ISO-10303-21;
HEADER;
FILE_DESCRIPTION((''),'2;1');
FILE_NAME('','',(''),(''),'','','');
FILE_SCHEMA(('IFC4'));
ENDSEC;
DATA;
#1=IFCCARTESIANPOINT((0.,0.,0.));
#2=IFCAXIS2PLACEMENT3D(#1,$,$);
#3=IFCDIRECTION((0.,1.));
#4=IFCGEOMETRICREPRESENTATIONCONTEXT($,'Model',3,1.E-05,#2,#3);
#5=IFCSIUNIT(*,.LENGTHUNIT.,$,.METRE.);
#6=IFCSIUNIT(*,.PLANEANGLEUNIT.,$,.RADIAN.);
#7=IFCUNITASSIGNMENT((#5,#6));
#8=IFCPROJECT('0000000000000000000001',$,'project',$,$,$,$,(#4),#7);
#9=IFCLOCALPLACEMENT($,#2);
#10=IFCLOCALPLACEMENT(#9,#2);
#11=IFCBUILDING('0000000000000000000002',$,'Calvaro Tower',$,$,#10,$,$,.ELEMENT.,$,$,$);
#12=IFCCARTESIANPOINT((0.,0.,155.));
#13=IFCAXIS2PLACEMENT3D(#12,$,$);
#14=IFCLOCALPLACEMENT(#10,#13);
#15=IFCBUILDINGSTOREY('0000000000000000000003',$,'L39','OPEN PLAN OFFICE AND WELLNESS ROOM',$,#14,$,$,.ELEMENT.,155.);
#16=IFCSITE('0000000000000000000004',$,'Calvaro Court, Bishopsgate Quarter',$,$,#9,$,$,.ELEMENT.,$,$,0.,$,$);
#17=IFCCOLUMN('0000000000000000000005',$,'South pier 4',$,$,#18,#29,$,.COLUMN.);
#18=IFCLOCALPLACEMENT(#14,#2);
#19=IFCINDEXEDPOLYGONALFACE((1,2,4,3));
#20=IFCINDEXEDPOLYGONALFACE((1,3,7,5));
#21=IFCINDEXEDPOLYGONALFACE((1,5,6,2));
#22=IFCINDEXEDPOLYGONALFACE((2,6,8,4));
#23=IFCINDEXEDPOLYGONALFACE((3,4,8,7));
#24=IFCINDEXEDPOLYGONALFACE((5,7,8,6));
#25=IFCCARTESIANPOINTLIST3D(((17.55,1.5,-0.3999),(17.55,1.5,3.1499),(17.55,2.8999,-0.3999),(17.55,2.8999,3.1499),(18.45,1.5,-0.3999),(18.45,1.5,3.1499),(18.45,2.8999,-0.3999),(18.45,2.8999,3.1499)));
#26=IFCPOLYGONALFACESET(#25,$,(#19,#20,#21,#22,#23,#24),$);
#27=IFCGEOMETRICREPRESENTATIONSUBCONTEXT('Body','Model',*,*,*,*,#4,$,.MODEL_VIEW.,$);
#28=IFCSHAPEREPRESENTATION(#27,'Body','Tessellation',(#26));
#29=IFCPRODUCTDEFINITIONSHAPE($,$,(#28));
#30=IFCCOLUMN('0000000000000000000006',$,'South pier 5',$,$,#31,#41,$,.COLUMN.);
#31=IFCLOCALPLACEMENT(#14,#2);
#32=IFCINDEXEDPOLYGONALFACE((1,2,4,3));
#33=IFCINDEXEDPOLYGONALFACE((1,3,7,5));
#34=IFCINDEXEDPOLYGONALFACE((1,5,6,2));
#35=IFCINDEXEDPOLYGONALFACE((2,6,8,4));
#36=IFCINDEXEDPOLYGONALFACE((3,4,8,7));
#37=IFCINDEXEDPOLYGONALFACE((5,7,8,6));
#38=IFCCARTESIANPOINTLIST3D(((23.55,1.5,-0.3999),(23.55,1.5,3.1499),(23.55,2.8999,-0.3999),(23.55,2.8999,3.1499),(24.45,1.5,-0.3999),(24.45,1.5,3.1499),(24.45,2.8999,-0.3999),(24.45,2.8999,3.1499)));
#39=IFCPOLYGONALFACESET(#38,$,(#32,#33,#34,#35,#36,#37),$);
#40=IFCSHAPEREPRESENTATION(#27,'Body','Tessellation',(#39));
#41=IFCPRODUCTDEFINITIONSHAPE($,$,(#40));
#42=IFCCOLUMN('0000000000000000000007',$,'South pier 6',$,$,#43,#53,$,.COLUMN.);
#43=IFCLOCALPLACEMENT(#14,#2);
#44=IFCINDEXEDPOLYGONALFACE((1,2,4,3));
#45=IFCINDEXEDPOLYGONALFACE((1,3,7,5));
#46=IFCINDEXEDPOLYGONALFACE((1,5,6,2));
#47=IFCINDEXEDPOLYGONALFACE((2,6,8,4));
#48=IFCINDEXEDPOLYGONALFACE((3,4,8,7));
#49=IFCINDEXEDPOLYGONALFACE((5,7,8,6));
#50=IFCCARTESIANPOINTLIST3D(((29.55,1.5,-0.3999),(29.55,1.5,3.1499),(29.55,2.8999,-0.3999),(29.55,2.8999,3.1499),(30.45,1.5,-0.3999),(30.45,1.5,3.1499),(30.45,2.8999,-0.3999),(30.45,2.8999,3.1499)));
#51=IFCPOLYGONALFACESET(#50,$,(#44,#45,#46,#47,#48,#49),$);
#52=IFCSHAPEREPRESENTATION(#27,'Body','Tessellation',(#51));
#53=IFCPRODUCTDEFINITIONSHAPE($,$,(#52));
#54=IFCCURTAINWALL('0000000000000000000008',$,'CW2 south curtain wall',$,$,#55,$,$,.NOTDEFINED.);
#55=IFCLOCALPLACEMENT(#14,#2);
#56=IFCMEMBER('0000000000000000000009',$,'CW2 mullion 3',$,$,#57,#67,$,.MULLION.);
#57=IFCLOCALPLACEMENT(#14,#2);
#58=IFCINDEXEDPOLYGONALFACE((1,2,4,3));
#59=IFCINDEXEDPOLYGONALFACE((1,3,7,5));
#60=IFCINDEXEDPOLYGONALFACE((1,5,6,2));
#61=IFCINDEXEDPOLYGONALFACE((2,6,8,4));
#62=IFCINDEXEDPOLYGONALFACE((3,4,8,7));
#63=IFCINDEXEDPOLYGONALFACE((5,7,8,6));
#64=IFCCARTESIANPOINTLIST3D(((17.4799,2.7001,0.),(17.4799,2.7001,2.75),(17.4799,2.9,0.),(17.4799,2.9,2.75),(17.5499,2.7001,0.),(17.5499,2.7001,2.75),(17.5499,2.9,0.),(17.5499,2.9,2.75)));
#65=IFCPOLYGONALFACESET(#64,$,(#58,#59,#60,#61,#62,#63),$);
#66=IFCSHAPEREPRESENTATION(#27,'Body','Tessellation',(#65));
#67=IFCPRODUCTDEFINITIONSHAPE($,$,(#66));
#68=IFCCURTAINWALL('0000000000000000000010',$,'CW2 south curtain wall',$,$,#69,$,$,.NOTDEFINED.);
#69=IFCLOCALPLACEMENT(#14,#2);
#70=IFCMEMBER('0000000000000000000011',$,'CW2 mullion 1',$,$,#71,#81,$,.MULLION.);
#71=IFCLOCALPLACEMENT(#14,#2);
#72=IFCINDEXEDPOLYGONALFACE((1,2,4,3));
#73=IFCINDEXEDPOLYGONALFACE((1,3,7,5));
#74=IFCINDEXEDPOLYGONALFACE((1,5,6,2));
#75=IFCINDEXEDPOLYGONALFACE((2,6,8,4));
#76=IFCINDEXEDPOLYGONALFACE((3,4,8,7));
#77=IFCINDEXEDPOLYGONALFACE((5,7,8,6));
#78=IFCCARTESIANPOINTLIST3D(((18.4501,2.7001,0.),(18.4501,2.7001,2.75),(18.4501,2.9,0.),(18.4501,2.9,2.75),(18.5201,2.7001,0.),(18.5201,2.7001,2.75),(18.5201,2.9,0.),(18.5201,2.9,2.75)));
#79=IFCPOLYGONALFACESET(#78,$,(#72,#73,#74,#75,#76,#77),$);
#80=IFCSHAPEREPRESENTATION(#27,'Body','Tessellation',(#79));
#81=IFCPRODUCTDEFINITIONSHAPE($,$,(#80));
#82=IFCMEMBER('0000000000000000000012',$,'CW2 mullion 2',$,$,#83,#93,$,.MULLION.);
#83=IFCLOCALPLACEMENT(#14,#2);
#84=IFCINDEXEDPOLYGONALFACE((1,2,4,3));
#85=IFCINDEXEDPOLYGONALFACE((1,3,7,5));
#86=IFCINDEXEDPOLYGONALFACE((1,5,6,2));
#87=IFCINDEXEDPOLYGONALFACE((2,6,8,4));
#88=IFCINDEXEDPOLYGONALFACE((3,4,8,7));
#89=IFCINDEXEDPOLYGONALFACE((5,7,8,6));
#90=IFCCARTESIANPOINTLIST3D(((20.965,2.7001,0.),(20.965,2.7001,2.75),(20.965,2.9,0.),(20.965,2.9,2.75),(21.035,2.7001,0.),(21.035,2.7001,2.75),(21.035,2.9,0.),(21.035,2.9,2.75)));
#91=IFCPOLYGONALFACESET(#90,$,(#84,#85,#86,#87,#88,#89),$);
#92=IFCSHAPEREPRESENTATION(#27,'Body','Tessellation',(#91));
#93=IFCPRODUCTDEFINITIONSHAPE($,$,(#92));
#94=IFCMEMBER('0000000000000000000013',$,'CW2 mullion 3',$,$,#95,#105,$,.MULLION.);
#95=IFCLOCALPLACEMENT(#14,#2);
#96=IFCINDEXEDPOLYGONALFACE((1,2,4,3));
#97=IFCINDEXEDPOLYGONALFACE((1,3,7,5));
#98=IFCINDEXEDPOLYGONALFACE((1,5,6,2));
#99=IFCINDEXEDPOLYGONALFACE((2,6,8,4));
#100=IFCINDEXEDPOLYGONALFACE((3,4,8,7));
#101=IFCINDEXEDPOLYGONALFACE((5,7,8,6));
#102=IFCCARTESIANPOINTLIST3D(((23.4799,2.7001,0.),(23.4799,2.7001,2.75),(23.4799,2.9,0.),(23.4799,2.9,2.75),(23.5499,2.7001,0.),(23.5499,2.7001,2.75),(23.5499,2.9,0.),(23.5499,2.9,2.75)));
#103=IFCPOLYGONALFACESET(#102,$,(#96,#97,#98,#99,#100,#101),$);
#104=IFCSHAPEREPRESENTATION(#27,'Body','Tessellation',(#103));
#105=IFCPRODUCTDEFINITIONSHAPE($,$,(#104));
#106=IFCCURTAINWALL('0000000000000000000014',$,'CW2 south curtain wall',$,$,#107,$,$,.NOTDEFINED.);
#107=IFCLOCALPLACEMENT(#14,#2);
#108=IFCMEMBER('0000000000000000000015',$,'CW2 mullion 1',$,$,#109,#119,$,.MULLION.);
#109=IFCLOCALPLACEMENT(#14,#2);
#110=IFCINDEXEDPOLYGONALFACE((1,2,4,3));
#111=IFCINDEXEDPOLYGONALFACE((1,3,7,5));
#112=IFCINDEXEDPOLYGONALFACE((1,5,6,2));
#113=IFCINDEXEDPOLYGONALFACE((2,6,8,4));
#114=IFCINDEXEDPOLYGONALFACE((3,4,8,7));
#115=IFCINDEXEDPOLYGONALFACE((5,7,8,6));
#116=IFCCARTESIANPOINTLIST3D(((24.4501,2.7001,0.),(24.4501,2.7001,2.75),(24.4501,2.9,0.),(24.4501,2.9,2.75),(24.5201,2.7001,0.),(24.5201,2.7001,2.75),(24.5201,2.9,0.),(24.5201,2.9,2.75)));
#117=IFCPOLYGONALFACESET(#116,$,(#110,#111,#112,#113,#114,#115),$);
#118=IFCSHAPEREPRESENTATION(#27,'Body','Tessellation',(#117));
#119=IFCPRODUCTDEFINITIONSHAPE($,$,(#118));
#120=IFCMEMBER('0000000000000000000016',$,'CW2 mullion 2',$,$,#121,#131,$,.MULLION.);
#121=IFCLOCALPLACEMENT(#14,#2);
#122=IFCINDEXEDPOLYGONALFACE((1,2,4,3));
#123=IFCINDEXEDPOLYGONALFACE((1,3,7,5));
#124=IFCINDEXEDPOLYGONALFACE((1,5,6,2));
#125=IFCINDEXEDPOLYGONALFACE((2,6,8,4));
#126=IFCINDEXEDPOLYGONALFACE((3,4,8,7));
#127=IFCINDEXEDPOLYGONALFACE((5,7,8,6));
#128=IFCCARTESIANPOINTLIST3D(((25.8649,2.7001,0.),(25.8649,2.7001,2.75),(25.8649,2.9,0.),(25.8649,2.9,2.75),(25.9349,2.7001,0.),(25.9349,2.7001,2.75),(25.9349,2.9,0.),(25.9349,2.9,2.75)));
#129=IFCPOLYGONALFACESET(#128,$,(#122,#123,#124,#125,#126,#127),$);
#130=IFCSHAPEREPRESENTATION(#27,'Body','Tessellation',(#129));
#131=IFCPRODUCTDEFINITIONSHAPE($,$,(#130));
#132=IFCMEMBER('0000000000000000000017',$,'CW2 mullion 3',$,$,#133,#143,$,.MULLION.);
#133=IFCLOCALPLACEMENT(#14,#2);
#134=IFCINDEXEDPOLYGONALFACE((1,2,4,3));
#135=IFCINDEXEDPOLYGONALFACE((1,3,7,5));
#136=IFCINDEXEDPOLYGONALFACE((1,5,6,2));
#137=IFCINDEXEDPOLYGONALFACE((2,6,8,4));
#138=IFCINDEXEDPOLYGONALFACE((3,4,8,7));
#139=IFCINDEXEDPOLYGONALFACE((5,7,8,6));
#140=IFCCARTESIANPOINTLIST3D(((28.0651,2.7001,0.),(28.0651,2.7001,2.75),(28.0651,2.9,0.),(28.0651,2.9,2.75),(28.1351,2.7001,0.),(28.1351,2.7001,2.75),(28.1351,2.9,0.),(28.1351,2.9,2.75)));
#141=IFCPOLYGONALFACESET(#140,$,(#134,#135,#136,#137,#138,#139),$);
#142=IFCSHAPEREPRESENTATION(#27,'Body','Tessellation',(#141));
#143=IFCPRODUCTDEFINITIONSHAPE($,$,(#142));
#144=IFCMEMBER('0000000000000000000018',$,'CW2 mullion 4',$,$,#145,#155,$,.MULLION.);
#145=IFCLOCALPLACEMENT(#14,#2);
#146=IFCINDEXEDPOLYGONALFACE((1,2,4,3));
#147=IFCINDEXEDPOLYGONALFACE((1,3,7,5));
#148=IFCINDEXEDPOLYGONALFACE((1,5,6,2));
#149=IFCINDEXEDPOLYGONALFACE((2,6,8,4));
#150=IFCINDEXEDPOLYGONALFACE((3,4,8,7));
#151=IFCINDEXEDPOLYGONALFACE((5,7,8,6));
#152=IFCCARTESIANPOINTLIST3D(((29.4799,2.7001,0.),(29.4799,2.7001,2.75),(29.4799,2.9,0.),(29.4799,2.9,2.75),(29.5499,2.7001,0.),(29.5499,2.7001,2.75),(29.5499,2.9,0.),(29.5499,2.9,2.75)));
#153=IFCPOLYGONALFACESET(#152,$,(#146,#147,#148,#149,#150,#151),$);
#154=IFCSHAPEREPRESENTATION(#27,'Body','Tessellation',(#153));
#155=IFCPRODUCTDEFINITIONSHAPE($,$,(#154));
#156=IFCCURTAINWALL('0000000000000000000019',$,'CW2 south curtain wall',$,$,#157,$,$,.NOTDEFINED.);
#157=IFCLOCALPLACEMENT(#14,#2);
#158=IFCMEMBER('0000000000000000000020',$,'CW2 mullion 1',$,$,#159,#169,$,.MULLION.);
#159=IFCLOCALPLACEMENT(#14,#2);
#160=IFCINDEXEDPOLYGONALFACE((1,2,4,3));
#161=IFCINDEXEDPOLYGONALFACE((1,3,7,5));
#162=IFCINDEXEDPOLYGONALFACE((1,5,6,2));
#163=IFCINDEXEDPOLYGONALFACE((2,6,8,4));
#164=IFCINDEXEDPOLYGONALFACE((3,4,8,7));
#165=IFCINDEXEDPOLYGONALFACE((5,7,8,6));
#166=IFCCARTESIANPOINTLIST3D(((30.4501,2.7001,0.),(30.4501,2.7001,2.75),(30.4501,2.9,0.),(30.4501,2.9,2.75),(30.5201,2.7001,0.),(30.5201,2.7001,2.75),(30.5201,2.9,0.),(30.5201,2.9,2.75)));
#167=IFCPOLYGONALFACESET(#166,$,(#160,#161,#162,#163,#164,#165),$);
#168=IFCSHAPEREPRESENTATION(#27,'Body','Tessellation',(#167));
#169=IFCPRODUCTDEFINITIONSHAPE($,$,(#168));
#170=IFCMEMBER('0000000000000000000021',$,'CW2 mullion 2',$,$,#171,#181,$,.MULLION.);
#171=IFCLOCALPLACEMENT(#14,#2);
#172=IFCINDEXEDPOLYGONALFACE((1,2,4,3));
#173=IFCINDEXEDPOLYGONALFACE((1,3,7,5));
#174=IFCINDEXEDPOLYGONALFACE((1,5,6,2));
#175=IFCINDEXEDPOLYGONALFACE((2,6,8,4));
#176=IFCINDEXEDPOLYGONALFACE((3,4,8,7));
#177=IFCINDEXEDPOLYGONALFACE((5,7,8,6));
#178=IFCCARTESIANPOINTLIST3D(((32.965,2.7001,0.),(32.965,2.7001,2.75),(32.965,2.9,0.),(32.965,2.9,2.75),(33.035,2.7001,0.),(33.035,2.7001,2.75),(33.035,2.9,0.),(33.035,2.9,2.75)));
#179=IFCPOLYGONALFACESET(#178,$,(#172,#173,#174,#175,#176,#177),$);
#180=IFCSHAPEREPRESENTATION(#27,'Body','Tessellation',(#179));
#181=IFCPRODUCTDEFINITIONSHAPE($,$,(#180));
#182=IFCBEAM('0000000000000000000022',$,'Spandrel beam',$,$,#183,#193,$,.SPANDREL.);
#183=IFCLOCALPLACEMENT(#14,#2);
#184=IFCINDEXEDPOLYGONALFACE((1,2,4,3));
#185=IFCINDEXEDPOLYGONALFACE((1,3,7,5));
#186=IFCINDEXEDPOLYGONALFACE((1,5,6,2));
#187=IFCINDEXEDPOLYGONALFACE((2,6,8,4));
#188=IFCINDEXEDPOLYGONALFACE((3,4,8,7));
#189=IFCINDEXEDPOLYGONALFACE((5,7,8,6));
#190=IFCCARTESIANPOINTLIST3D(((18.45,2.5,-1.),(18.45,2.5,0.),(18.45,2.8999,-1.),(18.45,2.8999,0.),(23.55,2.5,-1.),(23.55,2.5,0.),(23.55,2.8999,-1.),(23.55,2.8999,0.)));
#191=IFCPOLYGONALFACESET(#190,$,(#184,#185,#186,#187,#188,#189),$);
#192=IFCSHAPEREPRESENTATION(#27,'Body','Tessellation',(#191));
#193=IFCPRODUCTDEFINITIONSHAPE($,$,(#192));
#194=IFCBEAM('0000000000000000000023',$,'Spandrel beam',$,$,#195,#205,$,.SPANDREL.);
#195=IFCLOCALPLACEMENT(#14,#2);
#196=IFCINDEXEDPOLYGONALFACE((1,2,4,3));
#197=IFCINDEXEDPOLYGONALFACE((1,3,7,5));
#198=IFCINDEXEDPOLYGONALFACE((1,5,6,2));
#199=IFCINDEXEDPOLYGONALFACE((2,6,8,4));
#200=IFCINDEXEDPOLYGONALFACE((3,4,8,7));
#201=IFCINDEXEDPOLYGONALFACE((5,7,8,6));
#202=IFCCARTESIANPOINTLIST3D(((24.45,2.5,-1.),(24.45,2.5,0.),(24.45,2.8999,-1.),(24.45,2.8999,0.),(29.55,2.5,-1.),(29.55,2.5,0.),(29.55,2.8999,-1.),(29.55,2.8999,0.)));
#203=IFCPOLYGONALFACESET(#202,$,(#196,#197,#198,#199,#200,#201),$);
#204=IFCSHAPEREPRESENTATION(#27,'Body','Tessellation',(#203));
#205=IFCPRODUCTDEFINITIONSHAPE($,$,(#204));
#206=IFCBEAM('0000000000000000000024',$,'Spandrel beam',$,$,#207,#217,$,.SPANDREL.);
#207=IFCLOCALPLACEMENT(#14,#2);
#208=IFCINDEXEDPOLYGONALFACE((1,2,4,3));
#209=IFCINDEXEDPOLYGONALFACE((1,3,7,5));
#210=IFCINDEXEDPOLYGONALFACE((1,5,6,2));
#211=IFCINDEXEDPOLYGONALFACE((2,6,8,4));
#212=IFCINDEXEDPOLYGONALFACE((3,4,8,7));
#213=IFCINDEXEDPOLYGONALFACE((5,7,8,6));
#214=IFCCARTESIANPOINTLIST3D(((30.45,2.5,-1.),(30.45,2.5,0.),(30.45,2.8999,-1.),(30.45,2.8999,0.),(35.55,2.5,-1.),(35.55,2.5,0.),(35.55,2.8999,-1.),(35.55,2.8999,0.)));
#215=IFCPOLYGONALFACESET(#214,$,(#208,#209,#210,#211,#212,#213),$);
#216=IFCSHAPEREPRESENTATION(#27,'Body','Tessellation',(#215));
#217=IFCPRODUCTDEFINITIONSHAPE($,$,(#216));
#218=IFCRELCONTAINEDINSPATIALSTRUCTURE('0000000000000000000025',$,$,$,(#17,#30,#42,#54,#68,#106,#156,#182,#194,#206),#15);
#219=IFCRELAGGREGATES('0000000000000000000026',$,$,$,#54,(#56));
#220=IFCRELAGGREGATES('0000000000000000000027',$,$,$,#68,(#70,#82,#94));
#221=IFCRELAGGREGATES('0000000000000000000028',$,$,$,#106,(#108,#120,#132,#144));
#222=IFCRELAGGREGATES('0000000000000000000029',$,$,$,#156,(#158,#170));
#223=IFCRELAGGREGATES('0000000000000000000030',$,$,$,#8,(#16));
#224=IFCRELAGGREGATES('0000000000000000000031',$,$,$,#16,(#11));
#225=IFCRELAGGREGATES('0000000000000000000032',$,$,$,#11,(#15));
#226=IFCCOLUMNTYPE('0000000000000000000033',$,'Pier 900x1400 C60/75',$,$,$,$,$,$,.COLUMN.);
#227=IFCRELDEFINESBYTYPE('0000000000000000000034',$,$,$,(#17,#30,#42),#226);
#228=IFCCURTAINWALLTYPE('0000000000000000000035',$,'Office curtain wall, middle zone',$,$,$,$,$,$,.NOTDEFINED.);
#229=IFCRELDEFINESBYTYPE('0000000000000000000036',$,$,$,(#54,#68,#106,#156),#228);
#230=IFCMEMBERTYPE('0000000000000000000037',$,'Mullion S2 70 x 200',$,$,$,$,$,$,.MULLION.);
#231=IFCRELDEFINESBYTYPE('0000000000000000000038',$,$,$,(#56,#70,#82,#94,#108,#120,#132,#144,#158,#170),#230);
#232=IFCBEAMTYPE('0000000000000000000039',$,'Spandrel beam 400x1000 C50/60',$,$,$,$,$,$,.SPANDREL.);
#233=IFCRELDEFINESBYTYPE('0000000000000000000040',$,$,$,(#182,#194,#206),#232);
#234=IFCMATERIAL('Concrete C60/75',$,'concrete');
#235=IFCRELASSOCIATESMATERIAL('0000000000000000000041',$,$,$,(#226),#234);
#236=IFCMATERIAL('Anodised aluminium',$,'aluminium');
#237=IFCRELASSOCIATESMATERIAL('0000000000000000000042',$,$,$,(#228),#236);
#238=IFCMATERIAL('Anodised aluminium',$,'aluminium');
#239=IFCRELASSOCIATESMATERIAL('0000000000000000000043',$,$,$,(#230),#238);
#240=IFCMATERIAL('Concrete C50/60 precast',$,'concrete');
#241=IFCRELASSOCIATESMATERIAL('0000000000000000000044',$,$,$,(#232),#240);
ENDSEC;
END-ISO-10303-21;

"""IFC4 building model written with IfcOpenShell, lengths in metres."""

from ifc_helpers import new_model, si_unit, direction, frame, origin, origin_2d, place, context, subcontext, project, spatial, rectangle, extrude, material, material_profile, profile_set, type_object, element, aggregate, save


model = new_model("IFC4")

# Units and contexts
model_context = context("Model", 3, precision=1e-05, world=origin(), true_north=direction((0.0, 1.0)))
body_context = subcontext(model_context, "Body", "Model", "MODEL_VIEW")
ifc_project = project(units=[si_unit("LENGTHUNIT", "METRE"), si_unit("PLANEANGLEUNIT", "RADIAN")], contexts=[model_context])

# Site, building, storey
site_placement = place(None, origin())
site = spatial("IfcSite", under=ifc_project, at=site_placement, Name="Calvaro Court, Bishopsgate Quarter", CompositionType="ELEMENT", RefElevation=0.0)
building_placement = place(site_placement, origin())
building = spatial("IfcBuilding", under=site, at=building_placement, Name="Calvaro Tower", CompositionType="ELEMENT")
storey_placement = place(building_placement, frame((0.0, 0.0, 155.0)))
storey = spatial("IfcBuildingStorey", under=building, at=storey_placement, Name="L39", Description="OPEN PLAN OFFICE AND WELLNESS ROOM", CompositionType="ELEMENT", Elevation=155.0)

# Columns
ifc_material_1 = material(Name="Concrete C60/75", Category="concrete")
ifc_material_profile_1 = material_profile(ifc_material_1, rectangle(XDim=0.8999, YDim=1.3999, at=origin_2d()), Name="RC 900x1400")
ifc_profile_set_1 = profile_set([ifc_material_profile_1], Name="Concrete C60/75")
column_type = type_object("IfcColumnType", Name="Pier 900x1400 C60/75", PredefinedType="COLUMN", material=ifc_profile_set_1)
for number, where, z_axis, x_axis, name in (
    (1, (18.0, 2.2, -0.3999), (0.0, 0.0, 1.0), (1.0, 0.0, 0.0), "South pier 4"),
    (2, (24.0, 2.2, -0.3999), (0.0, 0.0, 1.0), (1.0, 0.0, 0.0), "South pier 5"),
    (3, (30.0, 2.2, -0.3999), (0.0, 0.0, 1.0), (1.0, 0.0, 0.0), "South pier 6"),
):
    element("IfcColumn", number, at=place(storey_placement, frame(where, z_axis=z_axis, x_axis=x_axis)), inside=storey, type_object=column_type, Name=name, PredefinedType="COLUMN", context=body_context, shape_type="SweptSolid", body=[
        extrude(rectangle(XDim=0.8999, YDim=1.3999, at=origin_2d()), origin(), (0.0, 0.0, 1.0), 3.5498),
    ])

# Curtain wall, member
ifc_material_2 = material(Name="Anodised aluminium", Category="aluminium")
curtain_wall_type = type_object("IfcCurtainWallType", Name="Office curtain wall, middle zone", PredefinedType="NOTDEFINED", material=ifc_material_2)
curtain_wall_1_placement = place(storey_placement, origin())
curtain_wall_1 = element("IfcCurtainWall", 4, at=curtain_wall_1_placement, inside=storey, type_object=curtain_wall_type, Name="CW2 south curtain wall", PredefinedType="NOTDEFINED")
ifc_material_3 = material(Name="Anodised aluminium", Category="aluminium")
ifc_material_profile_2 = material_profile(ifc_material_3, rectangle(XDim=0.2, YDim=0.0701, at=origin_2d()), Name="Mullion S2 70 x 200")
ifc_profile_set_2 = profile_set([ifc_material_profile_2], Name="Anodised aluminium")
member_type_1 = type_object("IfcMemberType", Name="Mullion S2 70 x 200", PredefinedType="MULLION", material=ifc_profile_set_2)
member_1_placement = place(storey_placement, frame((17.5149, 2.8, 0.0), z_axis=(0.0, 0.0, 1.0), x_axis=(0.0, 1.0, 0.0)))
member_1 = element("IfcMember", 5, at=member_1_placement, type_object=member_type_1, Name="CW2 mullion 3", PredefinedType="MULLION", context=body_context, shape_type="SweptSolid", body=[
    extrude(rectangle(XDim=0.2, YDim=0.0701, at=origin_2d()), origin(), (0.0, 0.0, 1.0), 2.75),
])

# Curtain walls, members
curtain_wall_2_placement = place(storey_placement, origin())
curtain_wall_2 = element("IfcCurtainWall", 6, at=curtain_wall_2_placement, inside=storey, type_object=curtain_wall_type, Name="CW2 south curtain wall", PredefinedType="NOTDEFINED")
member_2_placement = place(storey_placement, frame((18.4851, 2.8, 0.0), z_axis=(0.0, 0.0, 1.0), x_axis=(0.0, 1.0, 0.0)))
member_2 = element("IfcMember", 7, at=member_2_placement, type_object=member_type_1, Name="CW2 mullion 1", PredefinedType="MULLION", context=body_context, shape_type="SweptSolid", body=[
    extrude(rectangle(XDim=0.2, YDim=0.0701, at=origin_2d()), origin(), (0.0, 0.0, 1.0), 2.75),
])
member_3_placement = place(storey_placement, frame((21.0, 2.8, 0.0), z_axis=(0.0, 0.0, 1.0), x_axis=(0.0, 1.0, 0.0)))
member_3 = element("IfcMember", 8, at=member_3_placement, type_object=member_type_1, Name="CW2 mullion 2", PredefinedType="MULLION", context=body_context, shape_type="SweptSolid", body=[
    extrude(rectangle(XDim=0.2, YDim=0.0701, at=origin_2d()), origin(), (0.0, 0.0, 1.0), 2.75),
])
member_4_placement = place(storey_placement, frame((23.5149, 2.8, 0.0), z_axis=(0.0, 0.0, 1.0), x_axis=(0.0, 1.0, 0.0)))
member_4 = element("IfcMember", 9, at=member_4_placement, type_object=member_type_1, Name="CW2 mullion 3", PredefinedType="MULLION", context=body_context, shape_type="SweptSolid", body=[
    extrude(rectangle(XDim=0.2, YDim=0.0701, at=origin_2d()), origin(), (0.0, 0.0, 1.0), 2.75),
])
curtain_wall_3_placement = place(storey_placement, origin())
curtain_wall_3 = element("IfcCurtainWall", 10, at=curtain_wall_3_placement, inside=storey, type_object=curtain_wall_type, Name="CW2 south curtain wall", PredefinedType="NOTDEFINED")
member_5_placement = place(storey_placement, frame((24.4851, 2.8, 0.0), z_axis=(0.0, 0.0, 1.0), x_axis=(0.0, 1.0, 0.0)))
member_5 = element("IfcMember", 11, at=member_5_placement, type_object=member_type_1, Name="CW2 mullion 1", PredefinedType="MULLION", context=body_context, shape_type="SweptSolid", body=[
    extrude(rectangle(XDim=0.2, YDim=0.0701, at=origin_2d()), origin(), (0.0, 0.0, 1.0), 2.75),
])
member_6_placement = place(storey_placement, frame((25.8999, 2.8, 0.0), z_axis=(0.0, 0.0, 1.0), x_axis=(0.0, 1.0, 0.0)))
member_6 = element("IfcMember", 12, at=member_6_placement, type_object=member_type_1, Name="CW2 mullion 2", PredefinedType="MULLION", context=body_context, shape_type="SweptSolid", body=[
    extrude(rectangle(XDim=0.2, YDim=0.0701, at=origin_2d()), origin(), (0.0, 0.0, 1.0), 2.75),
])
member_7_placement = place(storey_placement, frame((28.1001, 2.8, 0.0), z_axis=(0.0, 0.0, 1.0), x_axis=(0.0, 1.0, 0.0)))
member_7 = element("IfcMember", 13, at=member_7_placement, type_object=member_type_1, Name="CW2 mullion 3", PredefinedType="MULLION", context=body_context, shape_type="SweptSolid", body=[
    extrude(rectangle(XDim=0.2, YDim=0.0701, at=origin_2d()), origin(), (0.0, 0.0, 1.0), 2.75),
])
member_8_placement = place(storey_placement, frame((29.5149, 2.8, 0.0), z_axis=(0.0, 0.0, 1.0), x_axis=(0.0, 1.0, 0.0)))
member_8 = element("IfcMember", 14, at=member_8_placement, type_object=member_type_1, Name="CW2 mullion 4", PredefinedType="MULLION", context=body_context, shape_type="SweptSolid", body=[
    extrude(rectangle(XDim=0.2, YDim=0.0701, at=origin_2d()), origin(), (0.0, 0.0, 1.0), 2.75),
])
curtain_wall_4_placement = place(storey_placement, origin())
curtain_wall_4 = element("IfcCurtainWall", 15, at=curtain_wall_4_placement, inside=storey, type_object=curtain_wall_type, Name="CW2 south curtain wall", PredefinedType="NOTDEFINED")
member_9_placement = place(storey_placement, frame((30.4851, 2.8, 0.0), z_axis=(0.0, 0.0, 1.0), x_axis=(0.0, 1.0, 0.0)))
member_9 = element("IfcMember", 16, at=member_9_placement, type_object=member_type_1, Name="CW2 mullion 1", PredefinedType="MULLION", context=body_context, shape_type="SweptSolid", body=[
    extrude(rectangle(XDim=0.2, YDim=0.0701, at=origin_2d()), origin(), (0.0, 0.0, 1.0), 2.75),
])
member_10_placement = place(storey_placement, frame((33.0, 2.8, 0.0), z_axis=(0.0, 0.0, 1.0), x_axis=(0.0, 1.0, 0.0)))
member_10 = element("IfcMember", 17, at=member_10_placement, type_object=member_type_1, Name="CW2 mullion 2", PredefinedType="MULLION", context=body_context, shape_type="SweptSolid", body=[
    extrude(rectangle(XDim=0.2, YDim=0.0701, at=origin_2d()), origin(), (0.0, 0.0, 1.0), 2.75),
])

# Beams
ifc_material_4 = material(Name="Concrete C50/60 precast", Category="concrete")
ifc_material_profile_3 = material_profile(ifc_material_4, rectangle(XDim=0.3999, YDim=1.0, at=origin_2d()), Name="RC 400x1000")
ifc_profile_set_3 = profile_set([ifc_material_profile_3], Name="Concrete C50/60 precast")
beam_type = type_object("IfcBeamType", Name="Spandrel beam 400x1000 C50/60", PredefinedType="SPANDREL", material=ifc_profile_set_3)
for number, where, z_axis, x_axis, name in (
    (18, (18.45, 2.7, -0.5), (1.0, 0.0, 0.0), (0.0, 1.0, 0.0), "Spandrel beam"),
    (19, (24.45, 2.7, -0.5), (1.0, 0.0, 0.0), (0.0, 1.0, 0.0), "Spandrel beam"),
    (20, (30.45, 2.7, -0.5), (1.0, 0.0, 0.0), (0.0, 1.0, 0.0), "Spandrel beam"),
):
    element("IfcBeam", number, at=place(storey_placement, frame(where, z_axis=z_axis, x_axis=x_axis)), inside=storey, type_object=beam_type, Name=name, PredefinedType="SPANDREL", context=body_context, shape_type="SweptSolid", body=[
        extrude(rectangle(XDim=0.3999, YDim=1.0, at=origin_2d()), origin(), (0.0, 0.0, 1.0), 5.1001),
    ])

aggregate(curtain_wall_1, [member_1])
aggregate(curtain_wall_2, [member_2, member_3, member_4])
aggregate(curtain_wall_3, [member_5, member_6, member_7, member_8])
aggregate(curtain_wall_4, [member_9, member_10])

save(model, "model.ifc")
